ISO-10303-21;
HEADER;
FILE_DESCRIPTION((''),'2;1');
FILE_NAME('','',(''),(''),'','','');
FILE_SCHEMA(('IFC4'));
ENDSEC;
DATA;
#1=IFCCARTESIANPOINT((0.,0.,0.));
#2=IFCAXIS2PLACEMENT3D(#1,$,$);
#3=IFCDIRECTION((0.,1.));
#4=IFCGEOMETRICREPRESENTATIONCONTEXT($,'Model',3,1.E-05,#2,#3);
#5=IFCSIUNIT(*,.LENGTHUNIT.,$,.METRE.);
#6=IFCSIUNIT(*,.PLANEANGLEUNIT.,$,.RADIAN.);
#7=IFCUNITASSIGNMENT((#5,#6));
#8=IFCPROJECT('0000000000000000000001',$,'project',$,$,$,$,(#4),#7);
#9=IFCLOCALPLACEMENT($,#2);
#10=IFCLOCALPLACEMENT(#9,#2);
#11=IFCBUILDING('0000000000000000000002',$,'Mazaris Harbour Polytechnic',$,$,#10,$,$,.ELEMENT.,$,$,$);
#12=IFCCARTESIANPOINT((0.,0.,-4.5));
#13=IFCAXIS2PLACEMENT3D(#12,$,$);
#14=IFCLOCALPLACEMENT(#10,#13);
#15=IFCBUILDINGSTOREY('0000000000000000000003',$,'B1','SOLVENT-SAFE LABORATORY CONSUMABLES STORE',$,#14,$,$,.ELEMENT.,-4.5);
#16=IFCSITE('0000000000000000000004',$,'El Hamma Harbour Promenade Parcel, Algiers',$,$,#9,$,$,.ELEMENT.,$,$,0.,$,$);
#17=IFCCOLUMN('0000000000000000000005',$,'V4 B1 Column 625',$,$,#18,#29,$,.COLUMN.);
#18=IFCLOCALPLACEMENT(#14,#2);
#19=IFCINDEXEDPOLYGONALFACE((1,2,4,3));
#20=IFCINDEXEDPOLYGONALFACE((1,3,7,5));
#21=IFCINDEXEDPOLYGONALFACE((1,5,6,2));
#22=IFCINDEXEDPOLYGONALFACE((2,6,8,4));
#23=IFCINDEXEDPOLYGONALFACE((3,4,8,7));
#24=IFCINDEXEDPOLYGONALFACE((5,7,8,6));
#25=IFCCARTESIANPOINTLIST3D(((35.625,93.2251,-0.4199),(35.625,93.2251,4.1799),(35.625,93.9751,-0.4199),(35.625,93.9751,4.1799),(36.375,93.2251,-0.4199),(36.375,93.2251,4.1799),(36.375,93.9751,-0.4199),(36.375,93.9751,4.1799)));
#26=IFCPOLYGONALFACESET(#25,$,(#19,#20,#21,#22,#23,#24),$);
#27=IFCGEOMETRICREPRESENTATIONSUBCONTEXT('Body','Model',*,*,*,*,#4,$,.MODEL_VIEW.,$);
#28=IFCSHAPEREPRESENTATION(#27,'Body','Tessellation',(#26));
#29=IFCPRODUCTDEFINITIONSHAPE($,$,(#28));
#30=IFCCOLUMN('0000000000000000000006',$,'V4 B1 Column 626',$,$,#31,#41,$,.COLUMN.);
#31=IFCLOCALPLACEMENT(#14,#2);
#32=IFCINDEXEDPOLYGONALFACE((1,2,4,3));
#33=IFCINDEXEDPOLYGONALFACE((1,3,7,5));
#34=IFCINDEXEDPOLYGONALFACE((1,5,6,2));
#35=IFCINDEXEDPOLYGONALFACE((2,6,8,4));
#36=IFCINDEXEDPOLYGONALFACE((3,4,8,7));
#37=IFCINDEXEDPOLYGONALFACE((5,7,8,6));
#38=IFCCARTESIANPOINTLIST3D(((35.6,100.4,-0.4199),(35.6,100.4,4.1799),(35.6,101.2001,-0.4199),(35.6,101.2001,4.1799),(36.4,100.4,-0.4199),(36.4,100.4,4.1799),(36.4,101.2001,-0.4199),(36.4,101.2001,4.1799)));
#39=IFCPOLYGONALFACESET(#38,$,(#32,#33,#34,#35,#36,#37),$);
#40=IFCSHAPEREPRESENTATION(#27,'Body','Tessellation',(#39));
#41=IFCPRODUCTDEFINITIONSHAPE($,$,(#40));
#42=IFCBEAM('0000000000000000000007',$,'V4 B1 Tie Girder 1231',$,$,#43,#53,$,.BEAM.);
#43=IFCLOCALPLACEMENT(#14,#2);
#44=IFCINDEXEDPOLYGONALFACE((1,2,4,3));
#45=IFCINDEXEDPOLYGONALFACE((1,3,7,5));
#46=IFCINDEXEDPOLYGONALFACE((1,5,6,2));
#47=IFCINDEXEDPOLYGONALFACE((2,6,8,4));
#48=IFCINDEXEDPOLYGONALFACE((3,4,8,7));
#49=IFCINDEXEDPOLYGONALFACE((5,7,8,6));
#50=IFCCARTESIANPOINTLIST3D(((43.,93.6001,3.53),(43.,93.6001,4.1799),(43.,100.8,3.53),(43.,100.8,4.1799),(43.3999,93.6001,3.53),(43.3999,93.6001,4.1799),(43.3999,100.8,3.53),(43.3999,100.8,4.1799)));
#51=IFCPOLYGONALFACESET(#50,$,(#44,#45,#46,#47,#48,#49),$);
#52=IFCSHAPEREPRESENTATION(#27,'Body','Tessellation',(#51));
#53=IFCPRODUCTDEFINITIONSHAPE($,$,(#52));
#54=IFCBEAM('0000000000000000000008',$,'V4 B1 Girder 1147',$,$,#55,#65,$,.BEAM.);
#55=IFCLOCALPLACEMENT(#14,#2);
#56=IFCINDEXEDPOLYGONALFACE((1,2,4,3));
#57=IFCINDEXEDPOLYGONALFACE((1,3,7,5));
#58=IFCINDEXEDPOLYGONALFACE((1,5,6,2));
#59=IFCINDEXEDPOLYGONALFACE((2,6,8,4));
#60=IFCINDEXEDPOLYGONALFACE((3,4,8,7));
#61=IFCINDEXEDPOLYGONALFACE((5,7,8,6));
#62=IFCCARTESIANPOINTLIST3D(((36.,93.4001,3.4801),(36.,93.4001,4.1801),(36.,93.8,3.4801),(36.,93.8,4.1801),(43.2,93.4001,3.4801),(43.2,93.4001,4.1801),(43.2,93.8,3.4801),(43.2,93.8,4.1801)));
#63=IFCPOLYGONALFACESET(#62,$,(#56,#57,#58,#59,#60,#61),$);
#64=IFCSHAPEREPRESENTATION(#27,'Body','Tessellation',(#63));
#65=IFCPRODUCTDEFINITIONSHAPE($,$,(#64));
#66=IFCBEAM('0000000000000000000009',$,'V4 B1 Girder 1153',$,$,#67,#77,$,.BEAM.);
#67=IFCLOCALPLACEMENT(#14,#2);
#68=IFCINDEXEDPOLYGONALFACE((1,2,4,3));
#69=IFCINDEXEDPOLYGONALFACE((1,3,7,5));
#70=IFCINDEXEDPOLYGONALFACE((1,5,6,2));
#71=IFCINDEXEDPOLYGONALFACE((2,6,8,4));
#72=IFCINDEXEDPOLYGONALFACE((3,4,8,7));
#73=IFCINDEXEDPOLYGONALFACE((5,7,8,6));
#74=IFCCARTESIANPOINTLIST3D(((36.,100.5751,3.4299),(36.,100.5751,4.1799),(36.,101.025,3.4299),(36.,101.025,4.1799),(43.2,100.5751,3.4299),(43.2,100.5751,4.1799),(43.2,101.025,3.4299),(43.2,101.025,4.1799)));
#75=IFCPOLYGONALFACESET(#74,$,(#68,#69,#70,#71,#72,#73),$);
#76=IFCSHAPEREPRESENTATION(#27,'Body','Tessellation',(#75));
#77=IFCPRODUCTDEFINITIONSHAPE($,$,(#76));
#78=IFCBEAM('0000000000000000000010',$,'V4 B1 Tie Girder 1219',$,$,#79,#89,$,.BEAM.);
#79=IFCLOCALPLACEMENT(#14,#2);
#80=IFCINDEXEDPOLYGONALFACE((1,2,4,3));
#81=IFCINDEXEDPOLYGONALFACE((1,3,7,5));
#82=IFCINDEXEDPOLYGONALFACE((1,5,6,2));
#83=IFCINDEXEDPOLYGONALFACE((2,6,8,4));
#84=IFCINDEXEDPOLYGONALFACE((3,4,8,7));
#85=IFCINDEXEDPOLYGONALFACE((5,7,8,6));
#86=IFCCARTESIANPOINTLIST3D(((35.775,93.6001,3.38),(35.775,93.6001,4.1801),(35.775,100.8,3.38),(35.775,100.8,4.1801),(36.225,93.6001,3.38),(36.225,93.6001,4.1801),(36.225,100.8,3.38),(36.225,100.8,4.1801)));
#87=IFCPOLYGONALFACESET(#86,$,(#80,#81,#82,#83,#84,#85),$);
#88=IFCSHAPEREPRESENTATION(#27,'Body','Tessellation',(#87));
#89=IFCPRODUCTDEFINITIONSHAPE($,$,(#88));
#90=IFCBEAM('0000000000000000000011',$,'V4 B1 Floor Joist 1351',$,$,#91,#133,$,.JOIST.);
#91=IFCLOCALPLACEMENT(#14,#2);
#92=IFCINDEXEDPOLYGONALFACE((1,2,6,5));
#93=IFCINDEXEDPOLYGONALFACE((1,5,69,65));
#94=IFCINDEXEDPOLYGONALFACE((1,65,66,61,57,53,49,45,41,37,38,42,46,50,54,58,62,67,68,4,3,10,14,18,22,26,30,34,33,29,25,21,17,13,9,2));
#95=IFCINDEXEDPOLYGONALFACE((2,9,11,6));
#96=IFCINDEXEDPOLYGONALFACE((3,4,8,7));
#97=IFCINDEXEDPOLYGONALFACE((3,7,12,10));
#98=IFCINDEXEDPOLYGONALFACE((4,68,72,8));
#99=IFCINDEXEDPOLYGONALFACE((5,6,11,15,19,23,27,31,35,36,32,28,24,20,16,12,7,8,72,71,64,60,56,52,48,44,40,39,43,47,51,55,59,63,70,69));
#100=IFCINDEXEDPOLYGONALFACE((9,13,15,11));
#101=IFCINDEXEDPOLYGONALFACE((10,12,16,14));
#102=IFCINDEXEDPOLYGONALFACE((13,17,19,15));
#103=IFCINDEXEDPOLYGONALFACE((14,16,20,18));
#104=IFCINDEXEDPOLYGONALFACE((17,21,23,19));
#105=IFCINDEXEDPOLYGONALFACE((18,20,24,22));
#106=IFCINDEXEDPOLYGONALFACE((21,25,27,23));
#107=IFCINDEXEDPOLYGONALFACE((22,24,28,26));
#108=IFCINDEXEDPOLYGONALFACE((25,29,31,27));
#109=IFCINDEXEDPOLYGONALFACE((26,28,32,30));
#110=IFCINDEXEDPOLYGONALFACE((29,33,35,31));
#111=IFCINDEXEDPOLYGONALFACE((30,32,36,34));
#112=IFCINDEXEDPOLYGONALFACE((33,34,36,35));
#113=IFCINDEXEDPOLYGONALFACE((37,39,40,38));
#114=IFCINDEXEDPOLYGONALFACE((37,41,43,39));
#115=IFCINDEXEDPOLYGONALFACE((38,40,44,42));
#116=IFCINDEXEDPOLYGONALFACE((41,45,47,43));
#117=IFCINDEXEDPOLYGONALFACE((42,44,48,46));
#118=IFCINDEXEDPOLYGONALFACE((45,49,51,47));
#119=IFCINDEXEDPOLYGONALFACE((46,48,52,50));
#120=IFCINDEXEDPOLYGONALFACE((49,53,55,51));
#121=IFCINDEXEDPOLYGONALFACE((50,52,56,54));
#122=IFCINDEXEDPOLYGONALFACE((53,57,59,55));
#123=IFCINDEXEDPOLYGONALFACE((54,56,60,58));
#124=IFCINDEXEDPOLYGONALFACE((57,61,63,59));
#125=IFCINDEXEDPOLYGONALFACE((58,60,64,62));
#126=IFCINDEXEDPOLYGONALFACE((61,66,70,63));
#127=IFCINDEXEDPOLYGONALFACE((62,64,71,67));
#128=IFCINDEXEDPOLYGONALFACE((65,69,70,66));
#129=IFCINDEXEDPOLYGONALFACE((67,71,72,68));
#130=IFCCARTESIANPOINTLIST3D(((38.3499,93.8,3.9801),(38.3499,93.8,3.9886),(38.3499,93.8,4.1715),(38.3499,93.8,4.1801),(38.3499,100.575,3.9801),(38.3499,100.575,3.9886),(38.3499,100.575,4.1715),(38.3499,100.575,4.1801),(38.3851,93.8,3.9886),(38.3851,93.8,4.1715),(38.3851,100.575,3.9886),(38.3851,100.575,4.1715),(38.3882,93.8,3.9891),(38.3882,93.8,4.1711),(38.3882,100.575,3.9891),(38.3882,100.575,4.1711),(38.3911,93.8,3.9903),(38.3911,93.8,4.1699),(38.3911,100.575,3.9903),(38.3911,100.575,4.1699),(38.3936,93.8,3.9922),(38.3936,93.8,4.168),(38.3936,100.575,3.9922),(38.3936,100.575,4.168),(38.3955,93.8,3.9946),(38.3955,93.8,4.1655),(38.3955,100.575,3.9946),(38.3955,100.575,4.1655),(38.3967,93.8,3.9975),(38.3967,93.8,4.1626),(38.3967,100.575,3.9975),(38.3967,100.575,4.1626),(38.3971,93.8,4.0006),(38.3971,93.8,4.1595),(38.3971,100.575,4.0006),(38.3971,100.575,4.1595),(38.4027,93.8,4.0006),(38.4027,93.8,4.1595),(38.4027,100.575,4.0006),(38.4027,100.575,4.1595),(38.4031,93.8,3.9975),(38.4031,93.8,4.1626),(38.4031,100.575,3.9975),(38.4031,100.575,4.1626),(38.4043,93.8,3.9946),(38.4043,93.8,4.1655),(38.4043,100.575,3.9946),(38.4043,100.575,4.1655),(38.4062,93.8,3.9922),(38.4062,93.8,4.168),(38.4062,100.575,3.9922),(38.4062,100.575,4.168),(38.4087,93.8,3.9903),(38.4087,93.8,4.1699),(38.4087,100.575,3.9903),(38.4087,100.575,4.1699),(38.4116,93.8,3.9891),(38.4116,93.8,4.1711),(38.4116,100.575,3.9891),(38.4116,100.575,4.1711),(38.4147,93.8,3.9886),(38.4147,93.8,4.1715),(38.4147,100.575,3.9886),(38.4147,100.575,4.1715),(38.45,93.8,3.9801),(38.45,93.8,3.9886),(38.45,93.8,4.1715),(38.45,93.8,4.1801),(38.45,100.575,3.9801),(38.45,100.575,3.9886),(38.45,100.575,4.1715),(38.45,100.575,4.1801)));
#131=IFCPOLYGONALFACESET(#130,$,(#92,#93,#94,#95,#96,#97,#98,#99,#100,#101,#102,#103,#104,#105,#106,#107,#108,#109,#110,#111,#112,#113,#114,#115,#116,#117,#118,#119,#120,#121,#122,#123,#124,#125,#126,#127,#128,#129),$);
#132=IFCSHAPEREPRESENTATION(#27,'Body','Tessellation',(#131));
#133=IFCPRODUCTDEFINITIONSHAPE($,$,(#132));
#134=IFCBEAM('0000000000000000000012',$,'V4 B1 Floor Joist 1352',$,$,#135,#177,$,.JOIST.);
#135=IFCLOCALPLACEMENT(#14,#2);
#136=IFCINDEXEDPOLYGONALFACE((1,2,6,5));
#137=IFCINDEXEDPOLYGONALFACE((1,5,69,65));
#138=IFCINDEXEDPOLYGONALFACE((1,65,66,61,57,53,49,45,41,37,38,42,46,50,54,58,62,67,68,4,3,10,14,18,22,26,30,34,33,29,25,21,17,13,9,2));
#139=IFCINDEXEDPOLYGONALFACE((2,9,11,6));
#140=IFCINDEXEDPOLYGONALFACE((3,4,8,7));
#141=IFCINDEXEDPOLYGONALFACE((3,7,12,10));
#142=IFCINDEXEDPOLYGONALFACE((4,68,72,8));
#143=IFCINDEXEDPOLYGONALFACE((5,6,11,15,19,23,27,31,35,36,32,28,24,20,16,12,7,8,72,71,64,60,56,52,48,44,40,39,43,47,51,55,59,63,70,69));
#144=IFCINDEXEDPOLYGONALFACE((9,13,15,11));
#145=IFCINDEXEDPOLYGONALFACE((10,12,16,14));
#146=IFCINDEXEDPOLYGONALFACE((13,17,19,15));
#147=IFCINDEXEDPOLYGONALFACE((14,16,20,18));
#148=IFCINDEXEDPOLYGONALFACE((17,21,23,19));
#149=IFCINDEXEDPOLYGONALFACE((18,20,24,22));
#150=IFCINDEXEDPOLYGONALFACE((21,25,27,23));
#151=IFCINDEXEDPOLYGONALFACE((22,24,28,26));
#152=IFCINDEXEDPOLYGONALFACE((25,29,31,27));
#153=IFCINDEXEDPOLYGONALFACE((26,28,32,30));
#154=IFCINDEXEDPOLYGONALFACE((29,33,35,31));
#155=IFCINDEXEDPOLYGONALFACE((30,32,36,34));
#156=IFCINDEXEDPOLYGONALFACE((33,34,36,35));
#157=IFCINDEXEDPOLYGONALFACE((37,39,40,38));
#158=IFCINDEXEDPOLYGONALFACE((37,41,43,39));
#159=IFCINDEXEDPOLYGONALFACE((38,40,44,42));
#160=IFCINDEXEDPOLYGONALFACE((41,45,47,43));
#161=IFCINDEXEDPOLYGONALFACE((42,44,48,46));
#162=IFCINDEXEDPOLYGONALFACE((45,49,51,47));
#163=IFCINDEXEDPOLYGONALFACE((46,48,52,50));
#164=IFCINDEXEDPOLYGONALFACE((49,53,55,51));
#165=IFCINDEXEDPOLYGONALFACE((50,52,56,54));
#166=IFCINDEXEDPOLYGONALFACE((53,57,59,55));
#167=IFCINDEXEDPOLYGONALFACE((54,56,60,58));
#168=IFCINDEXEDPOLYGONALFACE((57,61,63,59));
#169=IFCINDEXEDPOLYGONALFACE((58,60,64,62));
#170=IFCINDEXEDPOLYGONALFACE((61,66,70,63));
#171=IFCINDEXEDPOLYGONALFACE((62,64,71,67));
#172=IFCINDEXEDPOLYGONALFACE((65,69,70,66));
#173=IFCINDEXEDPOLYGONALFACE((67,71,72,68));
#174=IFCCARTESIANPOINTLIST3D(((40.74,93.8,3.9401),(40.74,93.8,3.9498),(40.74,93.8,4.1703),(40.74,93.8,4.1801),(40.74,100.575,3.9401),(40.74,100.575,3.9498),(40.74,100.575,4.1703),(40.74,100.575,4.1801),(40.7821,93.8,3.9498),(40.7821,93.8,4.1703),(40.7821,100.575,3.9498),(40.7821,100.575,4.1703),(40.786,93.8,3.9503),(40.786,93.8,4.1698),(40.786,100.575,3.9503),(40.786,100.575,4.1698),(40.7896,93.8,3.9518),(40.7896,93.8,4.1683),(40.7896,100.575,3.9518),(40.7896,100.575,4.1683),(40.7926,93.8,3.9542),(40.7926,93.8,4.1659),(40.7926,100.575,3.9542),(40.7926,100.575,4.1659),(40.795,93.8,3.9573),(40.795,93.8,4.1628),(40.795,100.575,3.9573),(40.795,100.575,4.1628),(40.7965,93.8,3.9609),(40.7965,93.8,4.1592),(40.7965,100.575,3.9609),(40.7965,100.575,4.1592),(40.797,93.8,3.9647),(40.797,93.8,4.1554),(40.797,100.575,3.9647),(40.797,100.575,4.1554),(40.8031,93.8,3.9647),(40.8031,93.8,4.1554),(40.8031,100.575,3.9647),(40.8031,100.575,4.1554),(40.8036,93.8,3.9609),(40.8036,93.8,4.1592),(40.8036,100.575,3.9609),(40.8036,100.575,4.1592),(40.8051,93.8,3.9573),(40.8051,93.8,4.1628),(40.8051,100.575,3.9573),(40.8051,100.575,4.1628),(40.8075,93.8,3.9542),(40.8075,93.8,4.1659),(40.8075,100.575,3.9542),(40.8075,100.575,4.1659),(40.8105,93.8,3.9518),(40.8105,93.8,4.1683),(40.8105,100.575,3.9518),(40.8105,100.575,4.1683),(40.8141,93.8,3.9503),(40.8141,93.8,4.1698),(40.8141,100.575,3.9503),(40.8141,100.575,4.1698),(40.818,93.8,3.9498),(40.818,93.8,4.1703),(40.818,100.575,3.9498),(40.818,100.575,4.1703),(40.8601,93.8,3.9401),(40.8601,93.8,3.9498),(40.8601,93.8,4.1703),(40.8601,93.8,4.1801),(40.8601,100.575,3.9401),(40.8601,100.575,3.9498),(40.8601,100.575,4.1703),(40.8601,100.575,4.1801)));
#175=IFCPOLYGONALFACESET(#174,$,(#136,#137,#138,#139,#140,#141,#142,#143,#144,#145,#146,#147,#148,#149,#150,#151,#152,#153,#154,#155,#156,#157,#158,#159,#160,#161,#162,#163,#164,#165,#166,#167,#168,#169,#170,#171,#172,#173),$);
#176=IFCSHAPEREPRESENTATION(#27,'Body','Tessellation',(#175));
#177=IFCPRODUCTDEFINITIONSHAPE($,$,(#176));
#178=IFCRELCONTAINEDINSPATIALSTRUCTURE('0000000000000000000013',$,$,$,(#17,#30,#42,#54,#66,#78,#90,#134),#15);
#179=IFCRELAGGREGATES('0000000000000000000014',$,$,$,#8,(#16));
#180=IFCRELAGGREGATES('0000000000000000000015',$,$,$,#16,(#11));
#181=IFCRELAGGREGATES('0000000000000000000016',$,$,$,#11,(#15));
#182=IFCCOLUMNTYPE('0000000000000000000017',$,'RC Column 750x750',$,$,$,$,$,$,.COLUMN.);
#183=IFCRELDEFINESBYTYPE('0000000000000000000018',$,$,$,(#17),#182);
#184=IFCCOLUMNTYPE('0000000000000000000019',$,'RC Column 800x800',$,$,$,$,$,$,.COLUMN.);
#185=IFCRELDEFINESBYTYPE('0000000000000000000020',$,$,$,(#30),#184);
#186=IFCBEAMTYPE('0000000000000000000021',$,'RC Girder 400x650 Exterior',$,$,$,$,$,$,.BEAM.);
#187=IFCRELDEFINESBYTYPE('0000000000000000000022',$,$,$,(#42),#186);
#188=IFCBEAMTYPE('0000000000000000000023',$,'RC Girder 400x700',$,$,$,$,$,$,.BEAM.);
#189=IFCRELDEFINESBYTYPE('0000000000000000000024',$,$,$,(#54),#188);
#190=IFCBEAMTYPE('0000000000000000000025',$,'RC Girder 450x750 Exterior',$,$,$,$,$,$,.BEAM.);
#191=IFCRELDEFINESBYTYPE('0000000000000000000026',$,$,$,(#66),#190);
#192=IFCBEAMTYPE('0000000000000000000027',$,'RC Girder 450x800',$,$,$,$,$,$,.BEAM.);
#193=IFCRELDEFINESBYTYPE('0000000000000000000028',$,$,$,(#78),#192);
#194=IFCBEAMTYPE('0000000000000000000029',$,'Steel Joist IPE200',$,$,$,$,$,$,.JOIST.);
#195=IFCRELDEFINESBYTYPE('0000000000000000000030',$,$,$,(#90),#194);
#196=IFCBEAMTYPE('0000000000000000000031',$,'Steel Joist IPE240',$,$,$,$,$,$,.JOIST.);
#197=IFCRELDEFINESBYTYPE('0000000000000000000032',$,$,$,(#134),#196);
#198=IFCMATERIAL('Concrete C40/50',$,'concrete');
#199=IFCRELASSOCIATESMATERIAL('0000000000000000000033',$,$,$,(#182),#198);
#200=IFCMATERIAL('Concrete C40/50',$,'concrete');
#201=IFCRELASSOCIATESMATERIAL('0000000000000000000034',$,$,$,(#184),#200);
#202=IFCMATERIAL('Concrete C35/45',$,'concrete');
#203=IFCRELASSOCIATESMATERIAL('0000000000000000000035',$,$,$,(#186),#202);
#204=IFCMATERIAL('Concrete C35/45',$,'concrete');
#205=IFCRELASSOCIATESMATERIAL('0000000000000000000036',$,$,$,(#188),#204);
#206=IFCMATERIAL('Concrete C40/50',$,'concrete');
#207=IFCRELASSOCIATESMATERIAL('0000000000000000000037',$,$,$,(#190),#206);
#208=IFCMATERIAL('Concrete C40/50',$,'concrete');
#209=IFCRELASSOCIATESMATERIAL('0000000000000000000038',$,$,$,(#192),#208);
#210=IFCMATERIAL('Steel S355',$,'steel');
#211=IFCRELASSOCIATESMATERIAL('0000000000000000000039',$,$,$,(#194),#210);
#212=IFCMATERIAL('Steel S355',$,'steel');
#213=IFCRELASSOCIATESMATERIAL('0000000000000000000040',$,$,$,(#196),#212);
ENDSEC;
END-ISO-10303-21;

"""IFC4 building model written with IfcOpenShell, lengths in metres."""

from ifc_helpers import new_model, si_unit, direction, frame, origin, origin_2d, place, context, subcontext, project, spatial, rectangle, i_section, extrude, material, material_profile, profile_set, type_object, element, save


model = new_model("IFC4")

# Units and contexts
model_context = context("Model", 3, precision=1e-05, world=origin(), true_north=direction((0.0, 1.0)))
body_context = subcontext(model_context, "Body", "Model", "MODEL_VIEW")
ifc_project = project(units=[si_unit("LENGTHUNIT", "METRE"), si_unit("PLANEANGLEUNIT", "RADIAN")], contexts=[model_context])

# Site, building, storey
site_placement = place(None, origin())
site = spatial("IfcSite", under=ifc_project, at=site_placement, Name="El Hamma Harbour Promenade Parcel, Algiers", CompositionType="ELEMENT", RefElevation=0.0)
building_placement = place(site_placement, origin())
building = spatial("IfcBuilding", under=site, at=building_placement, Name="Mazaris Harbour Polytechnic", CompositionType="ELEMENT")
storey_placement = place(building_placement, frame((0.0, 0.0, -4.5)))
storey = spatial("IfcBuildingStorey", under=building, at=storey_placement, Name="B1", Description="SOLVENT-SAFE LABORATORY CONSUMABLES STORE", CompositionType="ELEMENT", Elevation=-4.5)

# Columns
ifc_material_1 = material(Name="Concrete C40/50", Category="concrete")
ifc_material_profile_1 = material_profile(ifc_material_1, rectangle(XDim=0.75, YDim=0.75, at=origin_2d()), Name="RECT750x750")
ifc_profile_set_1 = profile_set([ifc_material_profile_1], Name="Concrete C40/50")
column_type_1 = type_object("IfcColumnType", Name="RC Column 750x750", PredefinedType="COLUMN", material=ifc_profile_set_1)
column_1_placement = place(storey_placement, frame((36.0, 93.6001, -0.4199), z_axis=(0.0, 0.0, 1.0), x_axis=(1.0, 0.0, 0.0)))
element("IfcColumn", 1, at=column_1_placement, inside=storey, type_object=column_type_1, Name="V4 B1 Column 625", PredefinedType="COLUMN", context=body_context, shape_type="SweptSolid", body=[
    extrude(rectangle(XDim=0.75, YDim=0.75, at=origin_2d()), origin(), (0.0, 0.0, 1.0), 4.5999),
])
ifc_material_2 = material(Name="Concrete C40/50", Category="concrete")
ifc_material_profile_2 = material_profile(ifc_material_2, rectangle(XDim=0.8, YDim=0.8, at=origin_2d()), Name="RECT800x800")
ifc_profile_set_2 = profile_set([ifc_material_profile_2], Name="Concrete C40/50")
column_type_2 = type_object("IfcColumnType", Name="RC Column 800x800", PredefinedType="COLUMN", material=ifc_profile_set_2)
column_2_placement = place(storey_placement, frame((36.0, 100.8, -0.4199), z_axis=(0.0, 0.0, 1.0), x_axis=(1.0, 0.0, 0.0)))
element("IfcColumn", 2, at=column_2_placement, inside=storey, type_object=column_type_2, Name="V4 B1 Column 626", PredefinedType="COLUMN", context=body_context, shape_type="SweptSolid", body=[
    extrude(rectangle(XDim=0.8, YDim=0.8, at=origin_2d()), origin(), (0.0, 0.0, 1.0), 4.5999),
])

# Beams
ifc_material_3 = material(Name="Concrete C35/45", Category="concrete")
ifc_material_profile_3 = material_profile(ifc_material_3, rectangle(XDim=0.3999, YDim=0.6499, at=origin_2d()), Name="RECT400x650")
ifc_profile_set_3 = profile_set([ifc_material_profile_3], Name="Concrete C35/45")
beam_type_1 = type_object("IfcBeamType", Name="RC Girder 400x650 Exterior", PredefinedType="BEAM", material=ifc_profile_set_3)
beam_1_placement = place(storey_placement, frame((43.2, 93.6001, 3.855), z_axis=(0.0, 1.0, 0.0), x_axis=(-1.0, 0.0, 0.0)))
element("IfcBeam", 3, at=beam_1_placement, inside=storey, type_object=beam_type_1, Name="V4 B1 Tie Girder 1231", PredefinedType="BEAM", context=body_context, shape_type="SweptSolid", body=[
    extrude(rectangle(XDim=0.3999, YDim=0.6499, at=origin_2d()), origin(), (0.0, 0.0, 1.0), 7.2),
])
ifc_material_4 = material(Name="Concrete C35/45", Category="concrete")
ifc_material_profile_4 = material_profile(ifc_material_4, rectangle(XDim=0.3999, YDim=0.7, at=origin_2d()), Name="RECT400x700")
ifc_profile_set_4 = profile_set([ifc_material_profile_4], Name="Concrete C35/45")
beam_type_2 = type_object("IfcBeamType", Name="RC Girder 400x700", PredefinedType="BEAM", material=ifc_profile_set_4)
beam_2_placement = place(storey_placement, frame((36.0, 93.6001, 3.8301), z_axis=(1.0, 0.0, 0.0), x_axis=(0.0, 1.0, 0.0)))
element("IfcBeam", 4, at=beam_2_placement, inside=storey, type_object=beam_type_2, Name="V4 B1 Girder 1147", PredefinedType="BEAM", context=body_context, shape_type="SweptSolid", body=[
    extrude(rectangle(XDim=0.3999, YDim=0.7, at=origin_2d()), origin(), (0.0, 0.0, 1.0), 7.2),
])
ifc_material_5 = material(Name="Concrete C40/50", Category="concrete")
ifc_material_profile_5 = material_profile(ifc_material_5, rectangle(XDim=0.45, YDim=0.75, at=origin_2d()), Name="RECT450x750")
ifc_profile_set_5 = profile_set([ifc_material_profile_5], Name="Concrete C40/50")
beam_type_3 = type_object("IfcBeamType", Name="RC Girder 450x750 Exterior", PredefinedType="BEAM", material=ifc_profile_set_5)
beam_3_placement = place(storey_placement, frame((36.0, 100.8, 3.8049), z_axis=(1.0, 0.0, 0.0), x_axis=(0.0, 1.0, 0.0)))
element("IfcBeam", 5, at=beam_3_placement, inside=storey, type_object=beam_type_3, Name="V4 B1 Girder 1153", PredefinedType="BEAM", context=body_context, shape_type="SweptSolid", body=[
    extrude(rectangle(XDim=0.45, YDim=0.75, at=origin_2d()), origin(), (0.0, 0.0, 1.0), 7.2),
])
ifc_material_6 = material(Name="Concrete C40/50", Category="concrete")
ifc_material_profile_6 = material_profile(ifc_material_6, rectangle(XDim=0.45, YDim=0.8, at=origin_2d()), Name="RECT450x800")
ifc_profile_set_6 = profile_set([ifc_material_profile_6], Name="Concrete C40/50")
beam_type_4 = type_object("IfcBeamType", Name="RC Girder 450x800", PredefinedType="BEAM", material=ifc_profile_set_6)
beam_4_placement = place(storey_placement, frame((36.0, 93.6001, 3.78), z_axis=(0.0, 1.0, 0.0), x_axis=(-1.0, 0.0, 0.0)))
element("IfcBeam", 6, at=beam_4_placement, inside=storey, type_object=beam_type_4, Name="V4 B1 Tie Girder 1219", PredefinedType="BEAM", context=body_context, shape_type="SweptSolid", body=[
    extrude(rectangle(XDim=0.45, YDim=0.8, at=origin_2d()), origin(), (0.0, 0.0, 1.0), 7.2),
])
ifc_material_7 = material(Name="Steel S355", Category="steel")
ifc_material_profile_7 = material_profile(ifc_material_7, i_section(OverallWidth=0.1001, OverallDepth=0.2, WebThickness=0.0056, FlangeThickness=0.0085, FilletRadius=0.012, at=origin_2d()), Name="IPE 200")
ifc_profile_set_7 = profile_set([ifc_material_profile_7], Name="Steel S355")
beam_type_5 = type_object("IfcBeamType", Name="Steel Joist IPE200", PredefinedType="JOIST", material=ifc_profile_set_7)
beam_5_placement = place(storey_placement, frame((38.3999, 93.8, 4.0801), z_axis=(0.0, 1.0, 0.0), x_axis=(-1.0, 0.0, 0.0)))
element("IfcBeam", 7, at=beam_5_placement, inside=storey, type_object=beam_type_5, Name="V4 B1 Floor Joist 1351", PredefinedType="JOIST", context=body_context, shape_type="SweptSolid", body=[
    extrude(i_section(OverallWidth=0.1001, OverallDepth=0.2, WebThickness=0.0056, FlangeThickness=0.0085, FilletRadius=0.012, at=origin_2d()), origin(), (0.0, 0.0, 1.0), 6.7749),
])
ifc_material_8 = material(Name="Steel S355", Category="steel")
ifc_material_profile_8 = material_profile(ifc_material_8, i_section(OverallWidth=0.1201, OverallDepth=0.24, WebThickness=0.0061, FlangeThickness=0.0098, FilletRadius=0.0149, at=origin_2d()), Name="IPE 240")
ifc_profile_set_8 = profile_set([ifc_material_profile_8], Name="Steel S355")
beam_type_6 = type_object("IfcBeamType", Name="Steel Joist IPE240", PredefinedType="JOIST", material=ifc_profile_set_8)
beam_6_placement = place(storey_placement, frame((40.8, 93.8, 4.0601), z_axis=(0.0, 1.0, 0.0), x_axis=(-1.0, 0.0, 0.0)))
element("IfcBeam", 8, at=beam_6_placement, inside=storey, type_object=beam_type_6, Name="V4 B1 Floor Joist 1352", PredefinedType="JOIST", context=body_context, shape_type="SweptSolid", body=[
    extrude(i_section(OverallWidth=0.1201, OverallDepth=0.24, WebThickness=0.0061, FlangeThickness=0.0098, FilletRadius=0.0149, at=origin_2d()), origin(), (0.0, 0.0, 1.0), 6.7749),
])

save(model, "model.ifc")
